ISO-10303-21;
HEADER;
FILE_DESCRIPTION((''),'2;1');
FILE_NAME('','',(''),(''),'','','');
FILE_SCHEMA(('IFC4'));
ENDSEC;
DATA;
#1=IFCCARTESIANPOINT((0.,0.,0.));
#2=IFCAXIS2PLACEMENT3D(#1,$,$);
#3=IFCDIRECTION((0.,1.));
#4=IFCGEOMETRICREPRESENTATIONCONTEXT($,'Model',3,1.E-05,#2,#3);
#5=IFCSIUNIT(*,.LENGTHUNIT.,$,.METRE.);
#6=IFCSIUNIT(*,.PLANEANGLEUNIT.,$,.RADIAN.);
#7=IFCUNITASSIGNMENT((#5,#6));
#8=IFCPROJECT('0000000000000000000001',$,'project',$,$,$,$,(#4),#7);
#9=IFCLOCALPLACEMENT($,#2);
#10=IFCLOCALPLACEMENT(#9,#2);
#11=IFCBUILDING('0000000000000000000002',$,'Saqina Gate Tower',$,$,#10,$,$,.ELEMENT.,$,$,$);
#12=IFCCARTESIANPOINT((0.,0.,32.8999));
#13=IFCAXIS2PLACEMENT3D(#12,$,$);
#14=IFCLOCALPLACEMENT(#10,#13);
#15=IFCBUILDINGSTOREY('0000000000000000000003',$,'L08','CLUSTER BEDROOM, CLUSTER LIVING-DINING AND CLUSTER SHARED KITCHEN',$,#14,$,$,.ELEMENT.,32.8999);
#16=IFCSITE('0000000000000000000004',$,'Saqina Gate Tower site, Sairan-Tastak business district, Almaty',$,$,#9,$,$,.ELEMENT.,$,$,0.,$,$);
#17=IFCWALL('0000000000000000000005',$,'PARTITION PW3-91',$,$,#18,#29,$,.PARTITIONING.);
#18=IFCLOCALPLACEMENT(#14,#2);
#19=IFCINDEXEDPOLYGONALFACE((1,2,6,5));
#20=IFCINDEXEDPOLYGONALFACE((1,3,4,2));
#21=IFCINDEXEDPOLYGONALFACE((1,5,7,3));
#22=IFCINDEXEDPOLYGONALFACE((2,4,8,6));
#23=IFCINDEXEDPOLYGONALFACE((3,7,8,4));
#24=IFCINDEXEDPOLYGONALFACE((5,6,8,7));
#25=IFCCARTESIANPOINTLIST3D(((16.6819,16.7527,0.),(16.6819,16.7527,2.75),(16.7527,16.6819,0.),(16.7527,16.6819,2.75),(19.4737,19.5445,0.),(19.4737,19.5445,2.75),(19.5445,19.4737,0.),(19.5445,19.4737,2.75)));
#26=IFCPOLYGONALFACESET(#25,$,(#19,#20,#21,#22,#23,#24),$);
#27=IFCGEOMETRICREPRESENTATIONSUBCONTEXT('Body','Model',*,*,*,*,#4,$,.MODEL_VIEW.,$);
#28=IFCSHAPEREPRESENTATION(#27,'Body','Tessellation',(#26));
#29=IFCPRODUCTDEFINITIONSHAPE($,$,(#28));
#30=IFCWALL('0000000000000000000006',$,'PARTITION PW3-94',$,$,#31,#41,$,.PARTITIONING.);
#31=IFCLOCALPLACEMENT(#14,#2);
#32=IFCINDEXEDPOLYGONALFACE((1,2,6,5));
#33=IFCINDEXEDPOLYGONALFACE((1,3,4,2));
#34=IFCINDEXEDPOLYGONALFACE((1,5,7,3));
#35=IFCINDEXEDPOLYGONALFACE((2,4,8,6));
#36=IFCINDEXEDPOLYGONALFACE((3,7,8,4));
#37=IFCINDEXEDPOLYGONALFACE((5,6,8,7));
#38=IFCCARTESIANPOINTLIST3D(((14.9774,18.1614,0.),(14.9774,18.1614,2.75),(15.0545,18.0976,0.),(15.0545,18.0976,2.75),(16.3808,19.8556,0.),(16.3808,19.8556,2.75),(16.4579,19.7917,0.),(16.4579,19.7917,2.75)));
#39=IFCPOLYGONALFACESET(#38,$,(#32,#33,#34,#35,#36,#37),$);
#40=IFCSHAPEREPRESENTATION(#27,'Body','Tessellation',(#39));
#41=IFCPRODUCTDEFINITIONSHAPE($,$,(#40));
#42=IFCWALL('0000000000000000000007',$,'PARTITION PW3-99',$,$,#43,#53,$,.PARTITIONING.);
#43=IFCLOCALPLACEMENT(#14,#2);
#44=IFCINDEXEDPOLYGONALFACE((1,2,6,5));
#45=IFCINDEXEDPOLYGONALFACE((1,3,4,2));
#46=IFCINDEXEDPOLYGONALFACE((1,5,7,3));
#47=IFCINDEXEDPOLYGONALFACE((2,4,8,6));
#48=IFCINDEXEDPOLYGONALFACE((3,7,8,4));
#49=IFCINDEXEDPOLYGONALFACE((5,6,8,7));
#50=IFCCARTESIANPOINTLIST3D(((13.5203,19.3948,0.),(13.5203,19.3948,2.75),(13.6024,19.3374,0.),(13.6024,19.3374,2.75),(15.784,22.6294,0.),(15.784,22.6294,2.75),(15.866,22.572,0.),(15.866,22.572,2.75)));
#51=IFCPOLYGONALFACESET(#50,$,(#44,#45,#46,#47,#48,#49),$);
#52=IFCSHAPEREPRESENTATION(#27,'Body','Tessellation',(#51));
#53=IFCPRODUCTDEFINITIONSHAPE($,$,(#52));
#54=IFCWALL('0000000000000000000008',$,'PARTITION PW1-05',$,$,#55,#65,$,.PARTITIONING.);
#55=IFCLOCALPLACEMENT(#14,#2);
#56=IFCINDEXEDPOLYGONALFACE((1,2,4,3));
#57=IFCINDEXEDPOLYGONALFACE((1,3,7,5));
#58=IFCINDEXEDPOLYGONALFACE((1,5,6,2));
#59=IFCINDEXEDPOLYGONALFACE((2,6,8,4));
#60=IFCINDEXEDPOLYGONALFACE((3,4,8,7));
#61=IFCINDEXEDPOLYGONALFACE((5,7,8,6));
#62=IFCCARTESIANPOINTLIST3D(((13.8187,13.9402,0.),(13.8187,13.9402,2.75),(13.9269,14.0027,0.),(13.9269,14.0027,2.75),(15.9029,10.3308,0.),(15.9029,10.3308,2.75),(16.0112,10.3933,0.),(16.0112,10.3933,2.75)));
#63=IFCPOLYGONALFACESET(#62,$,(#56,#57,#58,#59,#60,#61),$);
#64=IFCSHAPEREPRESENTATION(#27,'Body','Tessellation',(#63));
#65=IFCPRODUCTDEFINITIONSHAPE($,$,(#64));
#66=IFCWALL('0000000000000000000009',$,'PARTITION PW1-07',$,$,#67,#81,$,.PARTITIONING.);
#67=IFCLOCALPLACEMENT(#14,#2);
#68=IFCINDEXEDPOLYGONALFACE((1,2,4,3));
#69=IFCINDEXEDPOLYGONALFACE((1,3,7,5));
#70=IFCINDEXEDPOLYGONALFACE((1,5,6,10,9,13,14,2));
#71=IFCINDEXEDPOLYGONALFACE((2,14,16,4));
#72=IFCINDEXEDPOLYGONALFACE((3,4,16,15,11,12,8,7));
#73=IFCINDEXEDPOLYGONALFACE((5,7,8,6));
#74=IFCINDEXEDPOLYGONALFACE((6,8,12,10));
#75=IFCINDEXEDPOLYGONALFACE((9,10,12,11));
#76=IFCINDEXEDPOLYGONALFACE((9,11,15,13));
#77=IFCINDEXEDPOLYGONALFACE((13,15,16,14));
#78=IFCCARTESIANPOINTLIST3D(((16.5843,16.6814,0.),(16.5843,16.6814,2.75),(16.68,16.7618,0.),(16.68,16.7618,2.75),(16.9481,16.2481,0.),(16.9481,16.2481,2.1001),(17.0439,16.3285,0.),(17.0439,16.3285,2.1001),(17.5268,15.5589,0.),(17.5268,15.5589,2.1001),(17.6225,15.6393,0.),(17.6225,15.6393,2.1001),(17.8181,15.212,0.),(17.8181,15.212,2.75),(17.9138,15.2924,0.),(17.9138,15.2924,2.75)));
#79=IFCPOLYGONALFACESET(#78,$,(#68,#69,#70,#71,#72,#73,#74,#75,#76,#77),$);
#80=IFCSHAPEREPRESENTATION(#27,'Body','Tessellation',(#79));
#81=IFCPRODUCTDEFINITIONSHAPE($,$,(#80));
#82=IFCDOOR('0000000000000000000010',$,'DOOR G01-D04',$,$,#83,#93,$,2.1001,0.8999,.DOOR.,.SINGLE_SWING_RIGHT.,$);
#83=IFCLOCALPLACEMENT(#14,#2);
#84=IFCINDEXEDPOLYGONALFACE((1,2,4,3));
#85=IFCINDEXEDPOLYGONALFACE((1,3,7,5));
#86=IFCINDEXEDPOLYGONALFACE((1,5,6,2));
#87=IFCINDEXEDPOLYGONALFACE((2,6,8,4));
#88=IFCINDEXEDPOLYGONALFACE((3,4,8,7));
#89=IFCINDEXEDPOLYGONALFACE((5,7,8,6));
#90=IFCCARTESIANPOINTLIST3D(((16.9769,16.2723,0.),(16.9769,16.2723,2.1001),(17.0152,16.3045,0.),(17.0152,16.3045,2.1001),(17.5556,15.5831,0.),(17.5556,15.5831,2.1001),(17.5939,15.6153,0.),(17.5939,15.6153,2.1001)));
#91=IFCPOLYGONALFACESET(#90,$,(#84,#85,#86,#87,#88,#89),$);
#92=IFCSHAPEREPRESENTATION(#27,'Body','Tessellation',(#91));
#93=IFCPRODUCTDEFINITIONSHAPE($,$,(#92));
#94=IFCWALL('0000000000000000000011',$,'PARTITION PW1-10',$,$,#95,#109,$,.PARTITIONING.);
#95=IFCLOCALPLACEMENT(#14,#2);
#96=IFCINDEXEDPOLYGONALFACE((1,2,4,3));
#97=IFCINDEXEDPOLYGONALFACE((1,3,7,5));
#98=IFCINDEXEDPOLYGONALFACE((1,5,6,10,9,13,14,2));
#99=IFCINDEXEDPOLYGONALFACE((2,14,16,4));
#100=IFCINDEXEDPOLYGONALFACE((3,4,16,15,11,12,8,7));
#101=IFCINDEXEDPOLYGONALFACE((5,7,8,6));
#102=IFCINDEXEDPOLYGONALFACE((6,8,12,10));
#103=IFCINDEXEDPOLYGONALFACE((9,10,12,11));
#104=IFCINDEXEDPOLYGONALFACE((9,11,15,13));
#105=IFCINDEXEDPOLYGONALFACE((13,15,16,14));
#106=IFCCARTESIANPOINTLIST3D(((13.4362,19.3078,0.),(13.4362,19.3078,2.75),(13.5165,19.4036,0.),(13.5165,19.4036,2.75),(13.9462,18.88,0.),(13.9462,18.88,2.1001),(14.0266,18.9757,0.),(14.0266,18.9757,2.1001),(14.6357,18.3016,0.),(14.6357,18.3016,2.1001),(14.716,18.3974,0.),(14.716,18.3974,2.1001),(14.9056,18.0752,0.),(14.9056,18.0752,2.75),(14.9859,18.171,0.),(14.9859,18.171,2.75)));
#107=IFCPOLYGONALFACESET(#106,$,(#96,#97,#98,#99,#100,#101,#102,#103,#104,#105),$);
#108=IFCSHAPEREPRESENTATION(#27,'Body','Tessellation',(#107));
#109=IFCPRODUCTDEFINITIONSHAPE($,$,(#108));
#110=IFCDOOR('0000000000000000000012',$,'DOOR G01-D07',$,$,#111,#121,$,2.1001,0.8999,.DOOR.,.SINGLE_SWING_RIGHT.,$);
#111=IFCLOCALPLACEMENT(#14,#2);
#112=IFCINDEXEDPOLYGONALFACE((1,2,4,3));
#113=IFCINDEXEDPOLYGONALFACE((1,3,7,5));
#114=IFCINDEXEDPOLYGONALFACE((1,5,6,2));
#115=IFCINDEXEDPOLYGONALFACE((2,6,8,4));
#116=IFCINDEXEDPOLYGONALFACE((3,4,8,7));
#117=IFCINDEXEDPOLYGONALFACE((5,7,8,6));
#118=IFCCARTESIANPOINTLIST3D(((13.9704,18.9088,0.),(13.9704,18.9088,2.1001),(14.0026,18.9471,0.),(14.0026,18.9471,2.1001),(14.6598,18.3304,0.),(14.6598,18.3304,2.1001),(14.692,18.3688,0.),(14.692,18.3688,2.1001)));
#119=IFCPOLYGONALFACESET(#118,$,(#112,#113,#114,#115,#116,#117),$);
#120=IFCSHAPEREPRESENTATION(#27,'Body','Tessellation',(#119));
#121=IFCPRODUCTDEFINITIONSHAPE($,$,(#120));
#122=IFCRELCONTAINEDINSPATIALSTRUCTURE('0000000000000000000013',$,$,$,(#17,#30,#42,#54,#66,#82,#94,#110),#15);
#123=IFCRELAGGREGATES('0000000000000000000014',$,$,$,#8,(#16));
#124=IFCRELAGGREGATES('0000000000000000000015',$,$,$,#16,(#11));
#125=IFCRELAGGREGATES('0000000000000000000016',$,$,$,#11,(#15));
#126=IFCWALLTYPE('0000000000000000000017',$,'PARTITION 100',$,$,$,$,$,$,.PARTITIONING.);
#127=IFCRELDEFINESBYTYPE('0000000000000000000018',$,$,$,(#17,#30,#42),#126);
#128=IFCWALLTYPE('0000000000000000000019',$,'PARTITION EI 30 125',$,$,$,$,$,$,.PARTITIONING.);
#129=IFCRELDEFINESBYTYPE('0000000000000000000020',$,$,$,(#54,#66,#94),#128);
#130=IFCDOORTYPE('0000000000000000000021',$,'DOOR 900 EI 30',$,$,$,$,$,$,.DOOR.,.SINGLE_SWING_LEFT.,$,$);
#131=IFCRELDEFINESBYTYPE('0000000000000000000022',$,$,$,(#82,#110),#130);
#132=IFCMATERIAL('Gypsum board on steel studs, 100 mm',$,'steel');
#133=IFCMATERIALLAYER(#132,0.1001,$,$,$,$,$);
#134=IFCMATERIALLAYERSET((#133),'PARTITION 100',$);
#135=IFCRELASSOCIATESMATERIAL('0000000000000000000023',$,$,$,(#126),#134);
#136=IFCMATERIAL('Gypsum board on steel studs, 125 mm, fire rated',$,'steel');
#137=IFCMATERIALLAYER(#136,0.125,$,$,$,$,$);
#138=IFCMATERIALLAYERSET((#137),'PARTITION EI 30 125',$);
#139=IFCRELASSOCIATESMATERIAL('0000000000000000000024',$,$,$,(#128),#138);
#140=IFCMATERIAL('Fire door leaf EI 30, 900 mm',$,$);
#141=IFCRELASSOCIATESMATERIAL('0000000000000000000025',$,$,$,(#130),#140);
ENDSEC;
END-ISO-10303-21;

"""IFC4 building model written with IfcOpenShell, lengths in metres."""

from ifc_helpers import new_model, si_unit, direction, frame, frame_2d, origin, place, context, subcontext, project, spatial, rectangle, extrude, material, layer, layer_set, type_object, element, fill, save


model = new_model("IFC4")

# Units and contexts
model_context = context("Model", 3, precision=1e-05, world=origin(), true_north=direction((0.0, 1.0)))
body_context = subcontext(model_context, "Body", "Model", "MODEL_VIEW")
ifc_project = project(units=[si_unit("LENGTHUNIT", "METRE"), si_unit("PLANEANGLEUNIT", "RADIAN")], contexts=[model_context])

# Site, building, storey
site_placement = place(None, origin())
site = spatial("IfcSite", under=ifc_project, at=site_placement, Name="Saqina Gate Tower site, Sairan-Tastak business district, Almaty", CompositionType="ELEMENT", RefElevation=0.0)
building_placement = place(site_placement, origin())
building = spatial("IfcBuilding", under=site, at=building_placement, Name="Saqina Gate Tower", CompositionType="ELEMENT")
storey_placement = place(building_placement, frame((0.0, 0.0, 32.8999)))
storey = spatial("IfcBuildingStorey", under=building, at=storey_placement, Name="L08", Description="CLUSTER BEDROOM, CLUSTER LIVING-DINING AND CLUSTER SHARED KITCHEN", CompositionType="ELEMENT", Elevation=32.8999)

# Shared definitions
ifc_material_1 = material(Name="Gypsum board on steel studs, 100 mm", Category="steel")
ifc_layer_1 = layer(ifc_material_1, 0.1001)
ifc_layer_set_1 = layer_set([ifc_layer_1], Name="PARTITION 100")
wall_type_1 = type_object("IfcWallType", Name="PARTITION 100", PredefinedType="PARTITIONING", material=ifc_layer_set_1)

# Walls
wall_1_placement = place(storey_placement, frame((16.7173, 16.7173, 0.0), z_axis=(0.0, 0.0, 1.0), x_axis=(0.707107, 0.707107, 0.0)))
element("IfcWall", 1, at=wall_1_placement, inside=storey, type_object=wall_type_1, Name="PARTITION PW3-91", PredefinedType="PARTITIONING", context=body_context, shape_type="SweptSolid", body=[
    extrude(rectangle(XDim=3.9482, YDim=0.1001, at=frame_2d((1.9741, 0.0))), origin(), (0.0, 0.0, 1.0), 2.75),
])
wall_2_placement = place(storey_placement, frame((15.0159, 18.1294, 0.0), z_axis=(0.0, 0.0, 1.0), x_axis=(0.637922, 0.770101, 0.0)))
element("IfcWall", 2, at=wall_2_placement, inside=storey, type_object=wall_type_1, Name="PARTITION PW3-94", PredefinedType="PARTITIONING", context=body_context, shape_type="SweptSolid", body=[
    extrude(rectangle(XDim=2.2, YDim=0.1001, at=frame_2d((1.1001, 0.0))), origin(), (0.0, 0.0, 1.0), 2.75),
])
wall_3_placement = place(storey_placement, frame((13.5613, 19.366, 0.0), z_axis=(0.0, 0.0, 1.0), x_axis=(0.573367, 0.819299, 0.0)))
element("IfcWall", 3, at=wall_3_placement, inside=storey, type_object=wall_type_1, Name="PARTITION PW3-99", PredefinedType="PARTITIONING", context=body_context, shape_type="SweptSolid", body=[
    extrude(rectangle(XDim=3.948, YDim=0.1001, at=frame_2d((1.9741, 0.0))), origin(), (0.0, 0.0, 1.0), 2.75),
])
ifc_material_2 = material(Name="Gypsum board on steel studs, 125 mm, fire rated", Category="steel")
ifc_layer_2 = layer(ifc_material_2, 0.125)
ifc_layer_set_2 = layer_set([ifc_layer_2], Name="PARTITION EI 30 125")
wall_type_2 = type_object("IfcWallType", Name="PARTITION EI 30 125", PredefinedType="PARTITIONING", material=ifc_layer_set_2)
wall_4_placement = place(storey_placement, frame((13.8728, 13.9714, 0.0), z_axis=(0.0, 0.0, 1.0), x_axis=(0.500064, -0.865989, 0.0)))
element("IfcWall", 4, at=wall_4_placement, inside=storey, type_object=wall_type_2, Name="PARTITION PW1-05", PredefinedType="PARTITIONING", context=body_context, shape_type="SweptSolid", body=[
    extrude(rectangle(XDim=4.168, YDim=0.125, at=frame_2d((2.084, 0.0))), origin(), (0.0, 0.0, 1.0), 2.75),
])

# Walls, openings, doors
wall_5_placement = place(storey_placement, frame((16.6321, 16.7217, 0.0), z_axis=(0.0, 0.0, 1.0), x_axis=(0.643046, -0.765828, 0.0)))
wall_5 = element("IfcWall", 5, at=wall_5_placement, inside=storey, type_object=wall_type_2, Name="PARTITION PW1-07", PredefinedType="PARTITIONING", context=body_context, shape_type="SweptSolid", body=[
    extrude(rectangle(XDim=1.9187, YDim=0.125, at=frame_2d((0.9595, 0.0))), origin(), (0.0, 0.0, 1.0), 2.75),
])
opening_1_placement = place(wall_5_placement, frame((0.5659, 0.0, 0.0)))
opening_1 = element("IfcOpeningElement", 6, at=opening_1_placement, cuts=wall_5, PredefinedType="OPENING", context=body_context, shape_type="SweptSolid", body=[
    extrude(rectangle(XDim=0.8999, YDim=2.1001, at=frame_2d((0.45, 1.05))), frame((0.0, 0.0745, 0.0), z_axis=(0.0, -1.0, 0.0), x_axis=(1.0, 0.0, 0.0)), (0.0, 0.0, 1.0), 0.1489),
])
ifc_material_3 = material(Name="Fire door leaf EI 30, 900 mm")
door_type_1 = type_object("IfcDoorType", Name="DOOR 900 EI 30", OperationType="SINGLE_SWING_LEFT", PredefinedType="DOOR", material=ifc_material_3)
door_1_placement = place(opening_1_placement, frame((0.8999, 0.0, 0.0), z_axis=(0.0, 0.0, 1.0), x_axis=(-1.0, 0.0, 0.0)))
door_1 = element("IfcDoor", 7, at=door_1_placement, inside=storey, type_object=door_type_1, Name="DOOR G01-D04", OperationType="SINGLE_SWING_RIGHT", OverallHeight=2.1001, OverallWidth=0.8999, PredefinedType="DOOR", context=body_context, shape_type="SweptSolid", body=[
    extrude(rectangle(XDim=0.8999, YDim=2.1001, at=frame_2d((0.45, 1.05))), frame((0.0, 0.0249, 0.0), z_axis=(0.0, -1.0, 0.0), x_axis=(1.0, 0.0, 0.0)), (0.0, 0.0, 1.0), 0.05),
])
fill(opening_1, door_1)
wall_6_placement = place(storey_placement, frame((13.4763, 19.3557, 0.0), z_axis=(0.0, 0.0, 1.0), x_axis=(0.766141, -0.642673, 0.0)))
wall_6 = element("IfcWall", 8, at=wall_6_placement, inside=storey, type_object=wall_type_2, Name="PARTITION PW1-10", PredefinedType="PARTITIONING", context=body_context, shape_type="SweptSolid", body=[
    extrude(rectangle(XDim=1.918, YDim=0.125, at=frame_2d((0.959, 0.0))), origin(), (0.0, 0.0, 1.0), 2.75),
])
opening_2_placement = place(wall_6_placement, frame((0.6658, 0.0, 0.0)))
opening_2 = element("IfcOpeningElement", 9, at=opening_2_placement, cuts=wall_6, PredefinedType="OPENING", context=body_context, shape_type="SweptSolid", body=[
    extrude(rectangle(XDim=0.8999, YDim=2.1001, at=frame_2d((0.45, 1.05))), frame((0.0, 0.0745, 0.0), z_axis=(0.0, -1.0, 0.0), x_axis=(1.0, 0.0, 0.0)), (0.0, 0.0, 1.0), 0.1489),
])
door_2_placement = place(opening_2_placement, frame((0.8999, 0.0, 0.0), z_axis=(0.0, 0.0, 1.0), x_axis=(-1.0, 0.0, 0.0)))
door_2 = element("IfcDoor", 10, at=door_2_placement, inside=storey, type_object=door_type_1, Name="DOOR G01-D07", OperationType="SINGLE_SWING_RIGHT", OverallHeight=2.1001, OverallWidth=0.8999, PredefinedType="DOOR", context=body_context, shape_type="SweptSolid", body=[
    extrude(rectangle(XDim=0.8999, YDim=2.1001, at=frame_2d((0.45, 1.05))), frame((0.0, 0.0249, 0.0), z_axis=(0.0, -1.0, 0.0), x_axis=(1.0, 0.0, 0.0)), (0.0, 0.0, 1.0), 0.05),
])
fill(opening_2, door_2)

save(model, "model.ifc")
